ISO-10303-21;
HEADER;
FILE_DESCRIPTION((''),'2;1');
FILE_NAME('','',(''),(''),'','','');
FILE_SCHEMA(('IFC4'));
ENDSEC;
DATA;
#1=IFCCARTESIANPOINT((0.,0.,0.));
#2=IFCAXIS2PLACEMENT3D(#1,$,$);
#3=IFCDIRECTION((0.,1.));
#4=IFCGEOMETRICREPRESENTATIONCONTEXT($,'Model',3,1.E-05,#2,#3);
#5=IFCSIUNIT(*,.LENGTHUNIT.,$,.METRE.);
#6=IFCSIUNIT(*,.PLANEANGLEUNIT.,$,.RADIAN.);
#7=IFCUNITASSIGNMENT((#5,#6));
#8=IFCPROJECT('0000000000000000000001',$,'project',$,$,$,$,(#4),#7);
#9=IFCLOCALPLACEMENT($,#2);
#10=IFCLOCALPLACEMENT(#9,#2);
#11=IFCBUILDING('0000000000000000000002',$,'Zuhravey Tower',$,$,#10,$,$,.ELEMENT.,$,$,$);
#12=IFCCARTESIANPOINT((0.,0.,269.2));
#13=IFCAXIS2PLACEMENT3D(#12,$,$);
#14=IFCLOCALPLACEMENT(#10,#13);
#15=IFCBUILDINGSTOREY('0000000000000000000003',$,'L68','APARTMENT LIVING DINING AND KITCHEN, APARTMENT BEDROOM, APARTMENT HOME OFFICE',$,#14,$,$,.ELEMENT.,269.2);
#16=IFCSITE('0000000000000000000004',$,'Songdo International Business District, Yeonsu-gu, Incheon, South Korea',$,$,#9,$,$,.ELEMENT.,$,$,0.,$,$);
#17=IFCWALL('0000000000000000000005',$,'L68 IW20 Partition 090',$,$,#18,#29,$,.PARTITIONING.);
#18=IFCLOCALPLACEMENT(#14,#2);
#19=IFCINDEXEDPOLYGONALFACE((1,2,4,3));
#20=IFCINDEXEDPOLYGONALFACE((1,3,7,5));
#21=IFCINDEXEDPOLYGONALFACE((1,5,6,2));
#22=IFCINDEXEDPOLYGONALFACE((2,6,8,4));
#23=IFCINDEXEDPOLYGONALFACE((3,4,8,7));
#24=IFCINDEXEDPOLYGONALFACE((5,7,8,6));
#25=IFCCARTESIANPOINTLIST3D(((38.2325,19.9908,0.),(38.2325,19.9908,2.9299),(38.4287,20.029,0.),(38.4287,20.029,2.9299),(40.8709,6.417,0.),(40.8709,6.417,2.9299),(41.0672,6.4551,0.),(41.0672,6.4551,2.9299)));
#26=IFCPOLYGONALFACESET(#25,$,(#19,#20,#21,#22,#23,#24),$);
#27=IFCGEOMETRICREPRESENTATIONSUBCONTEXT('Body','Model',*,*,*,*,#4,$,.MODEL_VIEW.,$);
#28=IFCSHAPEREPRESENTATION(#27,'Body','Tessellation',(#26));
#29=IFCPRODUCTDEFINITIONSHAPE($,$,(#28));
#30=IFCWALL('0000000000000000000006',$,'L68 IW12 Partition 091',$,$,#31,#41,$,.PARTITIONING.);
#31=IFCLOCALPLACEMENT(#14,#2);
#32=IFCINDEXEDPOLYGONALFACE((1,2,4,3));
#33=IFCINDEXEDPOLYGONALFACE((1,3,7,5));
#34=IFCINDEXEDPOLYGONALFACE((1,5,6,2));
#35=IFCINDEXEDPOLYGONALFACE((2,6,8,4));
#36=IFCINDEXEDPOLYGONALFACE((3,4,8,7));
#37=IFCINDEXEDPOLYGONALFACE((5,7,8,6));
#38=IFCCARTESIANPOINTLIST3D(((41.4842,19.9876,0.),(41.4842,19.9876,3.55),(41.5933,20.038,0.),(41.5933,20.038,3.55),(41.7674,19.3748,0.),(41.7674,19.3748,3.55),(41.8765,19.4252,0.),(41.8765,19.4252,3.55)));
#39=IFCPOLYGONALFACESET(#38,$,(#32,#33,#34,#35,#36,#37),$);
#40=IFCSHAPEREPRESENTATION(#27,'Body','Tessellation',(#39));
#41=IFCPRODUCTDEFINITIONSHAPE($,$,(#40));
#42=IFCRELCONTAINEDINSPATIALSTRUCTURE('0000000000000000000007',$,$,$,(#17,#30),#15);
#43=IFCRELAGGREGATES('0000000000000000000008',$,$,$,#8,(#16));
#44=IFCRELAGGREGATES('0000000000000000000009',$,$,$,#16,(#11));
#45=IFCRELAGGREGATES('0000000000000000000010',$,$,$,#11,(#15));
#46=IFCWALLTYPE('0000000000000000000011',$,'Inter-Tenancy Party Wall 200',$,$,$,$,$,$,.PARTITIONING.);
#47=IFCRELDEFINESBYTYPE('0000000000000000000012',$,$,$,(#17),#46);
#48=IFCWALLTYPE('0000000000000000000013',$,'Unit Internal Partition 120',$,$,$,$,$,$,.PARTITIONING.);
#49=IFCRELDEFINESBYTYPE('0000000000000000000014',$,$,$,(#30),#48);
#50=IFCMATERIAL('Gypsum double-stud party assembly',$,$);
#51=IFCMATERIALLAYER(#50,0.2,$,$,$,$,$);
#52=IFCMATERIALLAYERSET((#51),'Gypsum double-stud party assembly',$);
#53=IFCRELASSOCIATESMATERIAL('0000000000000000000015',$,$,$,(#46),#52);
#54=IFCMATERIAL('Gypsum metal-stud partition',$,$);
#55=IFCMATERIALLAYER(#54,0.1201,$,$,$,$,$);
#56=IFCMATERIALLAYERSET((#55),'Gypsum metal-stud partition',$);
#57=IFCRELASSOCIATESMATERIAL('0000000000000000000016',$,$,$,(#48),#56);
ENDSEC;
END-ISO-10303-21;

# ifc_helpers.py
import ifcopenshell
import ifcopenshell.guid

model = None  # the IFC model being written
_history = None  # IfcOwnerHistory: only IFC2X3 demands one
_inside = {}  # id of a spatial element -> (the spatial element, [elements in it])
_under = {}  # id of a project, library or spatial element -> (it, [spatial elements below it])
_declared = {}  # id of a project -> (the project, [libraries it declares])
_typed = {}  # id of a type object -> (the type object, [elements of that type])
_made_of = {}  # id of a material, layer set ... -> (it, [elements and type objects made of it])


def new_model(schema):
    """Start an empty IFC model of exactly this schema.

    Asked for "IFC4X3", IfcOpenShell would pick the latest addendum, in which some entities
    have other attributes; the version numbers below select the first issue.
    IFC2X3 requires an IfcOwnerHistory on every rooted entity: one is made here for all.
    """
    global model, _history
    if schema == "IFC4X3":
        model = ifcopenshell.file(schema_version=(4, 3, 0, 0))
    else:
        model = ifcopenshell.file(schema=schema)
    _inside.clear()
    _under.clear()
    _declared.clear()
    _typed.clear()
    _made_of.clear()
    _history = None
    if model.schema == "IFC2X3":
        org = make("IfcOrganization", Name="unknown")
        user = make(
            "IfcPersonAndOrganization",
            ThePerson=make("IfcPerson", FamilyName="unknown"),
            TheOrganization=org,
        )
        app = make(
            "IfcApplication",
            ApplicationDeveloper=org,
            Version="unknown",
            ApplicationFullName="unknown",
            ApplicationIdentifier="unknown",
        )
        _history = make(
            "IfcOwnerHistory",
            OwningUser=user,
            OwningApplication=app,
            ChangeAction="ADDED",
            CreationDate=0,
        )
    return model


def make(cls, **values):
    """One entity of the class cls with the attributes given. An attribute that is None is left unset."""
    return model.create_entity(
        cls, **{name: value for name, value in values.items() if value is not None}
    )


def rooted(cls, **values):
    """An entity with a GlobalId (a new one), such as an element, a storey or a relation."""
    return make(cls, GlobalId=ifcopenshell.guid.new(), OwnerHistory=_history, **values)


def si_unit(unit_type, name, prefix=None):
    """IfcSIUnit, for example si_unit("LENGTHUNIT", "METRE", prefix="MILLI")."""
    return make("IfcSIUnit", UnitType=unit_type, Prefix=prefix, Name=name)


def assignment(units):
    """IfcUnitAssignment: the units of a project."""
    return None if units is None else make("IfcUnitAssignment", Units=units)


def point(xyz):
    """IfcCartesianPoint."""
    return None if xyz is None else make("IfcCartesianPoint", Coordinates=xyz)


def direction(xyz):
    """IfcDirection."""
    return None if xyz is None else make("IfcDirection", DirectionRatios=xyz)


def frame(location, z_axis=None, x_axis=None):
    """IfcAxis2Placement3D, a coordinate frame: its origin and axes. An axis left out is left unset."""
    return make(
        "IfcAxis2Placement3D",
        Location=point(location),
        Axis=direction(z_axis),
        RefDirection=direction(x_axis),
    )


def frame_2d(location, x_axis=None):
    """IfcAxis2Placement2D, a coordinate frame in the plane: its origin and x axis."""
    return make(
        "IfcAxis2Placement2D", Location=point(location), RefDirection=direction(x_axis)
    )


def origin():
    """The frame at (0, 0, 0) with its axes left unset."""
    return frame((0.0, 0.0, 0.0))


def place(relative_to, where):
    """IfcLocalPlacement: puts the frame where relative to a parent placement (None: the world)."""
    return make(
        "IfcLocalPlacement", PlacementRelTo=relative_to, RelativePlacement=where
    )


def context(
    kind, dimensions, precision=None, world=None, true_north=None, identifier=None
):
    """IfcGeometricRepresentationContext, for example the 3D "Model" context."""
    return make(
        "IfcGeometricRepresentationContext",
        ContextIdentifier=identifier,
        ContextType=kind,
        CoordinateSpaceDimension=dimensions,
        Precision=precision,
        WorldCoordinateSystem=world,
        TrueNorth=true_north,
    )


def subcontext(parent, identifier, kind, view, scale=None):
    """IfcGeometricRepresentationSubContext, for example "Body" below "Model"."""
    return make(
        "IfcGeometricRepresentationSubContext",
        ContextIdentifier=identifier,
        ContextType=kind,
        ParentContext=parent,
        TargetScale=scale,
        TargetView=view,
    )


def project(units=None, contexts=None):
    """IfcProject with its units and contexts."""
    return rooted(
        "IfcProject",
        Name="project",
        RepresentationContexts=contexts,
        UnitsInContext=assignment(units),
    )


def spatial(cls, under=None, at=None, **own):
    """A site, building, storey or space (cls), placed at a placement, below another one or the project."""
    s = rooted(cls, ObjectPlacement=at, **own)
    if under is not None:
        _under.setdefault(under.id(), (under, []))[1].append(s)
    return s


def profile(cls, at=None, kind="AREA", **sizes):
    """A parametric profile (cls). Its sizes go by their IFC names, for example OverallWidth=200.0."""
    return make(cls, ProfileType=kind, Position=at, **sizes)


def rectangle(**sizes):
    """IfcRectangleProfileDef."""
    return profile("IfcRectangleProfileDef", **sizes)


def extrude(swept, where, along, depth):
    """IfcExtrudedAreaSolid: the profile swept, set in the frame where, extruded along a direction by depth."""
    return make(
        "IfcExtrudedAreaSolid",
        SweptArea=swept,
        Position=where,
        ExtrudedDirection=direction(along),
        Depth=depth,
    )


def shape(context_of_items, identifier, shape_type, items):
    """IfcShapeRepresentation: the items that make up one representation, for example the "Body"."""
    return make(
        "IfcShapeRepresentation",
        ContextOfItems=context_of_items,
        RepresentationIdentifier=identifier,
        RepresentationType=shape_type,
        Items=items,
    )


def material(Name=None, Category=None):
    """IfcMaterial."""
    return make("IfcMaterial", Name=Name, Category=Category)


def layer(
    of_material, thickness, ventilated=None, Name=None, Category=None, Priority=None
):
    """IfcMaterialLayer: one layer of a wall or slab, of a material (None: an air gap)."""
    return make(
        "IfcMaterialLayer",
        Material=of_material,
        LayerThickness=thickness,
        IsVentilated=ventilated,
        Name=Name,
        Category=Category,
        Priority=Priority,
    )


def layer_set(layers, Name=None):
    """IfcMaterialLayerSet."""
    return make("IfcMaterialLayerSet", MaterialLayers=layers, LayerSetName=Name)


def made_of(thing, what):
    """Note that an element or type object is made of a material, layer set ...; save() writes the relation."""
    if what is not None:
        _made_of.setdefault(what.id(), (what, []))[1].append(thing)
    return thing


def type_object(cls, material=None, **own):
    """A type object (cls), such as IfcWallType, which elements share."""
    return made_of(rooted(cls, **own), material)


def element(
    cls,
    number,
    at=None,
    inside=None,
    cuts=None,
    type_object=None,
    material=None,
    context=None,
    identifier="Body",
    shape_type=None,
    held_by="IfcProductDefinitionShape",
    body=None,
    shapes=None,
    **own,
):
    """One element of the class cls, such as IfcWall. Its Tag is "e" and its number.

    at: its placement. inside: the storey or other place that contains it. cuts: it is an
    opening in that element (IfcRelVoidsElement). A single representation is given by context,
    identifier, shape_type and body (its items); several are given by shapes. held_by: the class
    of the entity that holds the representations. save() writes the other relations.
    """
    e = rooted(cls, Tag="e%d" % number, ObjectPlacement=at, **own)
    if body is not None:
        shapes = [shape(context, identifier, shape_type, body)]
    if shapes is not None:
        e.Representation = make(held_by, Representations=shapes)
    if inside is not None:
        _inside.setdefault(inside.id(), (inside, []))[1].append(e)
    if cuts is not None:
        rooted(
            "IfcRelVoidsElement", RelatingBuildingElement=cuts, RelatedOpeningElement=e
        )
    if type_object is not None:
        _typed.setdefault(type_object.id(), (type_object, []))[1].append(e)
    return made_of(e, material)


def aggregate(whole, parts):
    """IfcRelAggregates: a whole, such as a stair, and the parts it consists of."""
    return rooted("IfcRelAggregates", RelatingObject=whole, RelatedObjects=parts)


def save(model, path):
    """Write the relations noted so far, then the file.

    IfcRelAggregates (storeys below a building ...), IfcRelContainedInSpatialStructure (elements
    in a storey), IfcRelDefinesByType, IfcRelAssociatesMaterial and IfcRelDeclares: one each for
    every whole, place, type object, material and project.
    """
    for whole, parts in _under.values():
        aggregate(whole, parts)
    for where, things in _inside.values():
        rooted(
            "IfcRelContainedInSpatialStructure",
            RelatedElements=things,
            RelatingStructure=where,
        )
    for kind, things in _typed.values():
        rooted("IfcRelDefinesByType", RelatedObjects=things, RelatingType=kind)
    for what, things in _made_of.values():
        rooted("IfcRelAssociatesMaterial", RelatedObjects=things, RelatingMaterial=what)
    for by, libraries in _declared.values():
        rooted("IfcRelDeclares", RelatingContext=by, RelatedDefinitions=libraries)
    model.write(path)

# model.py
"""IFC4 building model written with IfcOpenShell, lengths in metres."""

from ifc_helpers import new_model, si_unit, direction, frame, frame_2d, origin, place, context, subcontext, project, spatial, rectangle, extrude, material, layer, layer_set, type_object, element, save


model = new_model("IFC4")

# Units and contexts
model_context = context("Model", 3, precision=1e-05, world=origin(), true_north=direction((0.0, 1.0)))
body_context = subcontext(model_context, "Body", "Model", "MODEL_VIEW")
ifc_project = project(units=[si_unit("LENGTHUNIT", "METRE"), si_unit("PLANEANGLEUNIT", "RADIAN")], contexts=[model_context])

# Site, building, storey
site_placement = place(None, origin())
site = spatial("IfcSite", under=ifc_project, at=site_placement, Name="Songdo International Business District, Yeonsu-gu, Incheon, South Korea", CompositionType="ELEMENT", RefElevation=0.0)
building_placement = place(site_placement, origin())
building = spatial("IfcBuilding", under=site, at=building_placement, Name="Zuhravey Tower", CompositionType="ELEMENT")
storey_placement = place(building_placement, frame((0.0, 0.0, 269.2)))
storey = spatial("IfcBuildingStorey", under=building, at=storey_placement, Name="L68", Description="APARTMENT LIVING DINING AND KITCHEN, APARTMENT BEDROOM, APARTMENT HOME OFFICE", CompositionType="ELEMENT", Elevation=269.2)

# Walls
ifc_material_1 = material(Name="Gypsum double-stud party assembly")
ifc_layer_1 = layer(ifc_material_1, 0.2)
ifc_layer_set_1 = layer_set([ifc_layer_1], Name="Gypsum double-stud party assembly")
wall_type_1 = type_object("IfcWallType", Name="Inter-Tenancy Party Wall 200", PredefinedType="PARTITIONING", material=ifc_layer_set_1)
wall_1_placement = place(storey_placement, frame((38.3306, 20.01, 0.0), z_axis=(0.0, 0.0, 1.0), x_axis=(0.190806, -0.981628, 0.0)))
element("IfcWall", 1, at=wall_1_placement, inside=storey, type_object=wall_type_1, Name="L68 IW20 Partition 090", PredefinedType="PARTITIONING", context=body_context, shape_type="SweptSolid", body=[
    extrude(rectangle(XDim=13.8279, YDim=0.2, at=frame_2d((6.9141, 0.0))), origin(), (0.0, 0.0, 1.0), 2.9299),
])
ifc_material_2 = material(Name="Gypsum metal-stud partition")
ifc_layer_2 = layer(ifc_material_2, 0.1201)
ifc_layer_set_2 = layer_set([ifc_layer_2], Name="Gypsum metal-stud partition")
wall_type_2 = type_object("IfcWallType", Name="Unit Internal Partition 120", PredefinedType="PARTITIONING", material=ifc_layer_set_2)
wall_2_placement = place(storey_placement, frame((41.5388, 20.0127, 0.0), z_axis=(0.0, 0.0, 1.0), x_axis=(0.419517, -0.907748, 0.0)))
element("IfcWall", 2, at=wall_2_placement, inside=storey, type_object=wall_type_2, Name="L68 IW12 Partition 091", PredefinedType="PARTITIONING", context=body_context, shape_type="SweptSolid", body=[
    extrude(rectangle(XDim=0.675, YDim=0.1201, at=frame_2d((0.3374, 0.0))), origin(), (0.0, 0.0, 1.0), 3.55),
])

save(model, "model.ifc")
